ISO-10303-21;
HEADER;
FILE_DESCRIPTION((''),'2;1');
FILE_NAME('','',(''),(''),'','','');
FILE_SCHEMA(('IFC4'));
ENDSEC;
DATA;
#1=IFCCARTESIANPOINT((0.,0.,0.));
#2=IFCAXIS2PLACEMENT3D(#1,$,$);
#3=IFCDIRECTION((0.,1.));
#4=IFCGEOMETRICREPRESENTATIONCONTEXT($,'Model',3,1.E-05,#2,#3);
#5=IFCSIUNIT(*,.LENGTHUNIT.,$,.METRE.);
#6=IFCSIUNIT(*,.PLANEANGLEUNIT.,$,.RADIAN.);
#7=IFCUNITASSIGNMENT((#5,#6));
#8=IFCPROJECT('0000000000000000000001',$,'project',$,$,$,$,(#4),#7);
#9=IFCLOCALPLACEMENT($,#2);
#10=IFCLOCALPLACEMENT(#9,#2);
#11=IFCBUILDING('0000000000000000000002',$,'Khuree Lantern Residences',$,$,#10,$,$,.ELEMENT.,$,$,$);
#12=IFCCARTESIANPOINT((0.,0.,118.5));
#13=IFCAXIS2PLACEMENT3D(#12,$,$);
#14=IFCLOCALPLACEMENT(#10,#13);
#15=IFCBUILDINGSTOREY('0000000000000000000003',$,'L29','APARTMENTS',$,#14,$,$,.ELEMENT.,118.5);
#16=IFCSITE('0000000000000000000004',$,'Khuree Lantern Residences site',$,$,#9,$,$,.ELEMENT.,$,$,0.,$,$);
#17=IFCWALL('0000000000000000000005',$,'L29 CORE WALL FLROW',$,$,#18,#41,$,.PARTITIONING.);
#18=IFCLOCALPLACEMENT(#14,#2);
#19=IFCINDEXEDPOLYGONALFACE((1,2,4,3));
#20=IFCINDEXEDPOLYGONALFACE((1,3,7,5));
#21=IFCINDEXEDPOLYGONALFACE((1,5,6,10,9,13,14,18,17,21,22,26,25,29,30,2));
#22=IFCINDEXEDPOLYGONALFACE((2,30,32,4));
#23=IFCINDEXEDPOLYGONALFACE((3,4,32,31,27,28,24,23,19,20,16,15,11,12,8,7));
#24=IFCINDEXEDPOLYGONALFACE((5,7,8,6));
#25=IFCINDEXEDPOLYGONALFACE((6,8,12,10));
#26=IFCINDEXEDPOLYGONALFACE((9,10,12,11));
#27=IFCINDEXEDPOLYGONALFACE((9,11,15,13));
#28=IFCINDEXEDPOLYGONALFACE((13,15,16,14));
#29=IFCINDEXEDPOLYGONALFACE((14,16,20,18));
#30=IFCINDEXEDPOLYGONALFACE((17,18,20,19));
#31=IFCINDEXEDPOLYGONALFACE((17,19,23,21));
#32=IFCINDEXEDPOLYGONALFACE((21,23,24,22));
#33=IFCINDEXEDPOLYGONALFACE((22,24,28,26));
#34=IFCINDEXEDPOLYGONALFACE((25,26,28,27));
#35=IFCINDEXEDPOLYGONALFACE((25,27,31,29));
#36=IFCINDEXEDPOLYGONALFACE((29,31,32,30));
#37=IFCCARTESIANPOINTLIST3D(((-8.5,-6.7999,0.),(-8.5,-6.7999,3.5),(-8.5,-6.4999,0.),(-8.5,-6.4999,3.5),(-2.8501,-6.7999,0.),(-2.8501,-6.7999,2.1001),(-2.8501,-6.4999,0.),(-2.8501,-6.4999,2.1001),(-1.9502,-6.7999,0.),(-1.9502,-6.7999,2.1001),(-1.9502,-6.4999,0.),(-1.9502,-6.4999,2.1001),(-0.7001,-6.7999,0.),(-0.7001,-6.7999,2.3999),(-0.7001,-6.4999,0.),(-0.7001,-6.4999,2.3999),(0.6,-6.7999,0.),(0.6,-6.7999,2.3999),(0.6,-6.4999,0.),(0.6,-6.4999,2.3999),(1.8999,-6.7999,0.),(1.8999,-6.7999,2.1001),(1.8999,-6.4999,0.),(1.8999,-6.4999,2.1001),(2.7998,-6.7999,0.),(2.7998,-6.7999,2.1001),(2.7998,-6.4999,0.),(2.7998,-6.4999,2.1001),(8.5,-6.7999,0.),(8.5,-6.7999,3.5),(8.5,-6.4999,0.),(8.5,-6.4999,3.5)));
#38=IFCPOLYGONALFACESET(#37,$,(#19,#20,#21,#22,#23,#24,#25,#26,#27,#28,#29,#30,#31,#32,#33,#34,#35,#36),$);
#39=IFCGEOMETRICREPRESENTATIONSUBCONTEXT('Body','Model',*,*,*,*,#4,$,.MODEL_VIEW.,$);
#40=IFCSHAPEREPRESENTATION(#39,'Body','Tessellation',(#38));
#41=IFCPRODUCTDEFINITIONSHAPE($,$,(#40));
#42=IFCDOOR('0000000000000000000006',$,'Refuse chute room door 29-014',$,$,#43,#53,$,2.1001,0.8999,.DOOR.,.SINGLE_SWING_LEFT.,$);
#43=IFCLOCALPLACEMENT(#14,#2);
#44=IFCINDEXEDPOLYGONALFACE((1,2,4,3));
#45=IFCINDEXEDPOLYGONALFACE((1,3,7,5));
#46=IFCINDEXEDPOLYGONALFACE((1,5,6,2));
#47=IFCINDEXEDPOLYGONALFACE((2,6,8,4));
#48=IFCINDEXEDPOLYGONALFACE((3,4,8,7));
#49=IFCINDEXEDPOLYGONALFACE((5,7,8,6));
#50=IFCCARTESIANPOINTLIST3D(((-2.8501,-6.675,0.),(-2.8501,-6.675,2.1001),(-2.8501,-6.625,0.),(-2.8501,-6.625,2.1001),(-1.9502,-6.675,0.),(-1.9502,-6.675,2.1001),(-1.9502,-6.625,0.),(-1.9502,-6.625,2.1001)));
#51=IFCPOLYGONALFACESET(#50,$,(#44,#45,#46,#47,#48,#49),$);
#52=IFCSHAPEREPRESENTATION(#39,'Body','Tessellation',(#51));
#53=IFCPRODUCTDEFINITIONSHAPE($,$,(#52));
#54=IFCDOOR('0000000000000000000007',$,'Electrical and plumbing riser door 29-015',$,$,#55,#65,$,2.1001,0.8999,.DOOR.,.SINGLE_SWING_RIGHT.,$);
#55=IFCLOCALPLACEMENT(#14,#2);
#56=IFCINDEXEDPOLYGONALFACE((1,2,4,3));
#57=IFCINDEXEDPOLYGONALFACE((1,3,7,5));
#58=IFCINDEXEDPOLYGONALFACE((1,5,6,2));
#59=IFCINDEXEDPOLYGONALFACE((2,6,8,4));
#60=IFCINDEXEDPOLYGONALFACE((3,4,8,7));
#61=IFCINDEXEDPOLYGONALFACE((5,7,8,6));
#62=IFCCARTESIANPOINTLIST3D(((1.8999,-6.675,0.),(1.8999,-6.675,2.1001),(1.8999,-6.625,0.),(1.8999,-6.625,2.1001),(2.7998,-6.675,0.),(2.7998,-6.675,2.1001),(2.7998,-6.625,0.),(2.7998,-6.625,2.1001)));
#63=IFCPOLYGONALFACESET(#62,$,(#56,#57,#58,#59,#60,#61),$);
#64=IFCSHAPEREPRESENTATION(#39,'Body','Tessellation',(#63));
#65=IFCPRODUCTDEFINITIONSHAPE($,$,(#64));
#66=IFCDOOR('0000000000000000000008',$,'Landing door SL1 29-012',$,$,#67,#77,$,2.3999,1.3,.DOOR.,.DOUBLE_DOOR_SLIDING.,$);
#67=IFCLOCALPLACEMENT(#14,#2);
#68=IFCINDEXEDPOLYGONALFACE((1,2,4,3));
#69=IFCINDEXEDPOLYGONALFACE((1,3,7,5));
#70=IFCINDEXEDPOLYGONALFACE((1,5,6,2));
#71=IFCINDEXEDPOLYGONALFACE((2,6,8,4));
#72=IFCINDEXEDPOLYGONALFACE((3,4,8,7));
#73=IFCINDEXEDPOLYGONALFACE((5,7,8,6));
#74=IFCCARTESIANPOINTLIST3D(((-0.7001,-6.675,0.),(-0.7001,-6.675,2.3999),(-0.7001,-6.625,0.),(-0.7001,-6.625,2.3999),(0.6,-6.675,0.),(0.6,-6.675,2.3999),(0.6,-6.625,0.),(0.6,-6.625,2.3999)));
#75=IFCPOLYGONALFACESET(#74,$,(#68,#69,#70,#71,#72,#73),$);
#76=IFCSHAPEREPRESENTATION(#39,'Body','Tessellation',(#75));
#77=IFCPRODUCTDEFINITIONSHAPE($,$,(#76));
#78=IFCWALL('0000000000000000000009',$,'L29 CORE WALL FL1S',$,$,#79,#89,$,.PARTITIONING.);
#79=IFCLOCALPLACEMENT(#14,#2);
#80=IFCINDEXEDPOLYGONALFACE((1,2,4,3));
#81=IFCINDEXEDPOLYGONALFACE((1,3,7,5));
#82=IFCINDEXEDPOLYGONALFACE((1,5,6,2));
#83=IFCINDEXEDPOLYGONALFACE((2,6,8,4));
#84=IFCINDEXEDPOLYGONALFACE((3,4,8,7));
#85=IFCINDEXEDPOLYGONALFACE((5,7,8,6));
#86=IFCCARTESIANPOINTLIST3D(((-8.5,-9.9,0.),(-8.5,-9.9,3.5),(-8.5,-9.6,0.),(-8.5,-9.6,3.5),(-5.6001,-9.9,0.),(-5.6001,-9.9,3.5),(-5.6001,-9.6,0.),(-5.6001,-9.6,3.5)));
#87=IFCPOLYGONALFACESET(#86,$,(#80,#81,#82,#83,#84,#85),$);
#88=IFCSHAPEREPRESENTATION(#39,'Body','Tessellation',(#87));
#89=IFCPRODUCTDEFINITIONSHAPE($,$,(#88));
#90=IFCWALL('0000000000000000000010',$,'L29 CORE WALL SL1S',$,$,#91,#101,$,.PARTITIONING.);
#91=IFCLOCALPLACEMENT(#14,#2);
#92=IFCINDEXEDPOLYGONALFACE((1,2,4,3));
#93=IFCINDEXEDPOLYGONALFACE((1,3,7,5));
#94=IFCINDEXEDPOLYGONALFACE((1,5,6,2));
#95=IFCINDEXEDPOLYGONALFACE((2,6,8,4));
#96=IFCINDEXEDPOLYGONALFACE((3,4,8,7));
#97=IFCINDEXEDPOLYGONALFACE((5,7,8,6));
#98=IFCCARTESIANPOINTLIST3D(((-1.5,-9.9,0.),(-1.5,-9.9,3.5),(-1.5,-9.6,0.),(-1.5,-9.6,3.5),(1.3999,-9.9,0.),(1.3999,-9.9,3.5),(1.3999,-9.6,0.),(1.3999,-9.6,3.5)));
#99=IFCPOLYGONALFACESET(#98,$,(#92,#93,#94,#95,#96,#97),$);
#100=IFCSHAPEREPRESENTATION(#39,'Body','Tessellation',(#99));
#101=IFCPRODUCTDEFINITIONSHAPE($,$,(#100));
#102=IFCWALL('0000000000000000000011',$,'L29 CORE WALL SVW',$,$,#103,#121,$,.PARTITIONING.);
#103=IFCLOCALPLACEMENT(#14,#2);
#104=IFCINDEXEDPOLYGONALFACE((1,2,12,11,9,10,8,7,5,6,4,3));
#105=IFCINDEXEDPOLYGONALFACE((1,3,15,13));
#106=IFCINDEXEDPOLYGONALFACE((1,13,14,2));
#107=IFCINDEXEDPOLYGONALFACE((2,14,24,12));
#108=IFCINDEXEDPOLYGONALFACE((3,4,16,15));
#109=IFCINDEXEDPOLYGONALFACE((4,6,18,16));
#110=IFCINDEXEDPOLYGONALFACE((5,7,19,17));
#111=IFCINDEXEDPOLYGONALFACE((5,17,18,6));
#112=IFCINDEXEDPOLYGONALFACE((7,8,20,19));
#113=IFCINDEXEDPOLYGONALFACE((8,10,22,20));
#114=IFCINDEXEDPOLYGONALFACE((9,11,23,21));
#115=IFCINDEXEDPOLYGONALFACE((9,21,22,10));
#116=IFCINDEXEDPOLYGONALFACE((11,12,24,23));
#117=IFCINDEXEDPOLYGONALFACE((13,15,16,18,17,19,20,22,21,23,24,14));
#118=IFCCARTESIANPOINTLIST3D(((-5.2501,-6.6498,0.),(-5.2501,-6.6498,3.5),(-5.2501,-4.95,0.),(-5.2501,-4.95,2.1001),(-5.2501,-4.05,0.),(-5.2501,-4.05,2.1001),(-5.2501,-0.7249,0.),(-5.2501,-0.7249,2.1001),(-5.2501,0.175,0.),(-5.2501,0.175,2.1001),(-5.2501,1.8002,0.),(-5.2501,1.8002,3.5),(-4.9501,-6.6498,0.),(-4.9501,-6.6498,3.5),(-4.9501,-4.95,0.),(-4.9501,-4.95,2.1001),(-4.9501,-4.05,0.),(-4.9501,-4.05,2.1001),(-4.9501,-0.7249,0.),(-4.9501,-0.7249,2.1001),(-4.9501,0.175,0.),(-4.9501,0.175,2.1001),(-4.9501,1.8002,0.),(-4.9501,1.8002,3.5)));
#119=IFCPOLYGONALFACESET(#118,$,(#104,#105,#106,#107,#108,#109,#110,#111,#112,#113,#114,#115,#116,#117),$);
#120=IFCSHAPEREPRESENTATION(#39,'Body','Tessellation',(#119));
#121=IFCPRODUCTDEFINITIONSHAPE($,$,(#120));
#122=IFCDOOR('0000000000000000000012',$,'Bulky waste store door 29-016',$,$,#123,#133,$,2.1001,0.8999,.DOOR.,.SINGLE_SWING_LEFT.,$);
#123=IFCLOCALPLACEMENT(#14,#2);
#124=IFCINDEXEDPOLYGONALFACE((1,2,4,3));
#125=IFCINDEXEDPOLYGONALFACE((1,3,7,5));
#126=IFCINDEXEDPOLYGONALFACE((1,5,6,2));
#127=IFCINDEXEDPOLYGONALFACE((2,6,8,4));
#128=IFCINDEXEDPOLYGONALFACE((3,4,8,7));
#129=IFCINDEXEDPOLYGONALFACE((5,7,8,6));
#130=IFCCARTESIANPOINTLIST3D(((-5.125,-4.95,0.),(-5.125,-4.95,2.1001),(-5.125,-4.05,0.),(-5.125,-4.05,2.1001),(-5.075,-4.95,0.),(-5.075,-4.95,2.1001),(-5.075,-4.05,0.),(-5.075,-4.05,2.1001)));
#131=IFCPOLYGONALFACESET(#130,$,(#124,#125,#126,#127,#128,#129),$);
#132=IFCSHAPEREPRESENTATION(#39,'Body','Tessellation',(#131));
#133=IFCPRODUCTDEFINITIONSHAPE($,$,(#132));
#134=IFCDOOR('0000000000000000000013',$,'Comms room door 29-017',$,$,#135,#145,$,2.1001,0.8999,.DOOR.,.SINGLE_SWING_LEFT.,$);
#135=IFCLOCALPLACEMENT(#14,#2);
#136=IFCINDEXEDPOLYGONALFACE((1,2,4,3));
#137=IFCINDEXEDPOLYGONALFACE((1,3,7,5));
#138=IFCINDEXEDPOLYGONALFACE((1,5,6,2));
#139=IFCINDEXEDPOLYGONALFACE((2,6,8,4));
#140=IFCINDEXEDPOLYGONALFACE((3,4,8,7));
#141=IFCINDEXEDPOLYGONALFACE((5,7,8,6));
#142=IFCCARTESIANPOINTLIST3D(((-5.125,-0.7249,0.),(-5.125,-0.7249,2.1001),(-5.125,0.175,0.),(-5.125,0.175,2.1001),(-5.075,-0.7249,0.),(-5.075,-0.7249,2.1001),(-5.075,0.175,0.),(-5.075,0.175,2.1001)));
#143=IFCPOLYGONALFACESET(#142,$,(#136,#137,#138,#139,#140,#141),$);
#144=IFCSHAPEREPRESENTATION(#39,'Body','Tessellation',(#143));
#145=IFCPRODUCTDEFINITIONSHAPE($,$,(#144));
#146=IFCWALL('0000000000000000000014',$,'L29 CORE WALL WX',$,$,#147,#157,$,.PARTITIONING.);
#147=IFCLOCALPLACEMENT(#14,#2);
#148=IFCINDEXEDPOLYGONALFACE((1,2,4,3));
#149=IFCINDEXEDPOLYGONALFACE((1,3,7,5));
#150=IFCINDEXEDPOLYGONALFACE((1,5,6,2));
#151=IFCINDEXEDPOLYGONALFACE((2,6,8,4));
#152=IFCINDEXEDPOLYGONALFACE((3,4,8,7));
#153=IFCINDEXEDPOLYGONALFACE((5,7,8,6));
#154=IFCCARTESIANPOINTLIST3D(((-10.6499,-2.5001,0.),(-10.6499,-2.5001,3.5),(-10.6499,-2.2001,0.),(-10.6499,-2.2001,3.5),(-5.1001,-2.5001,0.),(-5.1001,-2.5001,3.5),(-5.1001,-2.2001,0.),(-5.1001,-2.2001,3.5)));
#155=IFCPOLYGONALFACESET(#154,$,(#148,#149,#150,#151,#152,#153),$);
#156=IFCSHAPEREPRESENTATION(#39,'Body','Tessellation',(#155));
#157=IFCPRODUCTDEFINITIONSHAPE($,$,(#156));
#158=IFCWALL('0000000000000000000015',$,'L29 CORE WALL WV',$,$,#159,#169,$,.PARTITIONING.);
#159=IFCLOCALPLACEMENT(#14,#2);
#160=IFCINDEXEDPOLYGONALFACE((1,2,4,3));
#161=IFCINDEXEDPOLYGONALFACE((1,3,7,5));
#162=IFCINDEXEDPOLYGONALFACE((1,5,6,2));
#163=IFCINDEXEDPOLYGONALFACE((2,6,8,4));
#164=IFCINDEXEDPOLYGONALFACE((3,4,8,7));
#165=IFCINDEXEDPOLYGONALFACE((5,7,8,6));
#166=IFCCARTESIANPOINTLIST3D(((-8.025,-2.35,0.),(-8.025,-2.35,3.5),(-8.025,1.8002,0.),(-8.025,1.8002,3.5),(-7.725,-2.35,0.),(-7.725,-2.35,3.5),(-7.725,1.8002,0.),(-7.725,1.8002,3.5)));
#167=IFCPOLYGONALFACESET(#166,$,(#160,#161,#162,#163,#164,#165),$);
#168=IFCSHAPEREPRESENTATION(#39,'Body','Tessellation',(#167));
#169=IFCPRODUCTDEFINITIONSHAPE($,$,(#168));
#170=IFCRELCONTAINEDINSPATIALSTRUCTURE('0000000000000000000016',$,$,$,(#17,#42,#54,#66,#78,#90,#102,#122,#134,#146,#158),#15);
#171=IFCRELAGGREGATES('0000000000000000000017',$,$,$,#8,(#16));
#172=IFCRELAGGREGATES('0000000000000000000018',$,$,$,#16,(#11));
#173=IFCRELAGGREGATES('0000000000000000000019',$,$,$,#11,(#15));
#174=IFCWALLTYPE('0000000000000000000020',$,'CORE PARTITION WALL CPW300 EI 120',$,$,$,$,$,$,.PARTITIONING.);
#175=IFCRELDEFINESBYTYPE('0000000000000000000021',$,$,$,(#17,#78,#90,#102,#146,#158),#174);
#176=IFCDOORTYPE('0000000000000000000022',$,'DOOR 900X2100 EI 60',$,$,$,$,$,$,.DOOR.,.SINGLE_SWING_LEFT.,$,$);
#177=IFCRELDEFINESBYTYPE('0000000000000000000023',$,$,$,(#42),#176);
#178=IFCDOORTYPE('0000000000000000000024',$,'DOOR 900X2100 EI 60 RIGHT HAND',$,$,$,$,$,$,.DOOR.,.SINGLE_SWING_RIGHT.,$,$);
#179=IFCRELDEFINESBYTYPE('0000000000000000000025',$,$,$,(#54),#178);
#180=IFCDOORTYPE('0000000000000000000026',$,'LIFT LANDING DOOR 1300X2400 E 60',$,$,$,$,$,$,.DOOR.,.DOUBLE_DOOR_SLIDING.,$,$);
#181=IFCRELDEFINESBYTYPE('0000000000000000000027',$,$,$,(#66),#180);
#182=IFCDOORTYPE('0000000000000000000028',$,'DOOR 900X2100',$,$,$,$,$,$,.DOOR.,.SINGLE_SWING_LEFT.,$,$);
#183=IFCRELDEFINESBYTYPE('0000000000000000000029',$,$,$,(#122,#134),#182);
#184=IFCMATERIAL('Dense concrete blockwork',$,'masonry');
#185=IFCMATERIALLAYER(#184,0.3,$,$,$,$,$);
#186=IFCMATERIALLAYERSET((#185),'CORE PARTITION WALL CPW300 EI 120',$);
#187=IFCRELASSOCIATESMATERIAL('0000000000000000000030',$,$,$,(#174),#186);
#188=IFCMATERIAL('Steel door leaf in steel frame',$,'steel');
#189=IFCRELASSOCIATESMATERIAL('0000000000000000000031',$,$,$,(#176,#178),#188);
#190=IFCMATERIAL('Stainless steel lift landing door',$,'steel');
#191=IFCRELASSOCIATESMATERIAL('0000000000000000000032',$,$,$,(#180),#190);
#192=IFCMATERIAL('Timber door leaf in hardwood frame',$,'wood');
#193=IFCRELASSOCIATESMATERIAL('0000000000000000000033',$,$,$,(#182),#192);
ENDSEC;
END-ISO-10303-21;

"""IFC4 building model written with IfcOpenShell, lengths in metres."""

from ifc_helpers import new_model, si_unit, direction, frame, frame_2d, origin, place, context, subcontext, project, spatial, rectangle, extrude, material, layer, layer_set, type_object, element, fill, save


model = new_model("IFC4")

# Units and contexts
model_context = context("Model", 3, precision=1e-05, world=origin(), true_north=direction((0.0, 1.0)))
body_context = subcontext(model_context, "Body", "Model", "MODEL_VIEW")
ifc_project = project(units=[si_unit("LENGTHUNIT", "METRE"), si_unit("PLANEANGLEUNIT", "RADIAN")], contexts=[model_context])

# Site, building, storey
site_placement = place(None, origin())
site = spatial("IfcSite", under=ifc_project, at=site_placement, Name="Khuree Lantern Residences site", CompositionType="ELEMENT", RefElevation=0.0)
building_placement = place(site_placement, origin())
building = spatial("IfcBuilding", under=site, at=building_placement, Name="Khuree Lantern Residences", CompositionType="ELEMENT")
storey_placement = place(building_placement, frame((0.0, 0.0, 118.5)))
storey = spatial("IfcBuildingStorey", under=building, at=storey_placement, Name="L29", Description="APARTMENTS", CompositionType="ELEMENT", Elevation=118.5)

# Wall, openings, doors
ifc_material_1 = material(Name="Dense concrete blockwork", Category="masonry")
ifc_layer_1 = layer(ifc_material_1, 0.3)
ifc_layer_set_1 = layer_set([ifc_layer_1], Name="CORE PARTITION WALL CPW300 EI 120")
wall_type_1 = type_object("IfcWallType", Name="CORE PARTITION WALL CPW300 EI 120", PredefinedType="PARTITIONING", material=ifc_layer_set_1)
wall_1_placement = place(storey_placement, frame((-8.5, -6.6499, 0.0), z_axis=(0.0, 0.0, 1.0), x_axis=(1.0, 0.0, 0.0)))
wall_1 = element("IfcWall", 1, at=wall_1_placement, inside=storey, type_object=wall_type_1, Name="L29 CORE WALL FLROW", PredefinedType="PARTITIONING", context=body_context, shape_type="SweptSolid", body=[
    extrude(rectangle(XDim=17.0, YDim=0.3, at=frame_2d((8.5, 0.0))), origin(), (0.0, 0.0, 1.0), 3.5),
])
opening_1_placement = place(wall_1_placement, frame((7.8, 0.0, 0.0)))
opening_1 = element("IfcOpeningElement", 2, at=opening_1_placement, cuts=wall_1, PredefinedType="OPENING", context=body_context, shape_type="SweptSolid", body=[
    extrude(rectangle(XDim=1.3, YDim=2.3999, at=frame_2d((0.6499, 1.2))), frame((0.0, 0.1602, 0.0), z_axis=(0.0, -1.0, 0.0), x_axis=(1.0, 0.0, 0.0)), (0.0, 0.0, 1.0), 0.3201),
])
opening_2_placement = place(wall_1_placement, frame((5.6499, 0.0, 0.0)))
opening_2 = element("IfcOpeningElement", 3, at=opening_2_placement, cuts=wall_1, PredefinedType="OPENING", context=body_context, shape_type="SweptSolid", body=[
    extrude(rectangle(XDim=0.8999, YDim=2.1001, at=frame_2d((0.45, 1.05))), frame((0.0, 0.1602, 0.0), z_axis=(0.0, -1.0, 0.0), x_axis=(1.0, 0.0, 0.0)), (0.0, 0.0, 1.0), 0.3201),
])
opening_3_placement = place(wall_1_placement, frame((10.3999, 0.0, 0.0)))
opening_3 = element("IfcOpeningElement", 4, at=opening_3_placement, cuts=wall_1, PredefinedType="OPENING", context=body_context, shape_type="SweptSolid", body=[
    extrude(rectangle(XDim=0.8999, YDim=2.1001, at=frame_2d((0.45, 1.05))), frame((0.0, 0.1602, 0.0), z_axis=(0.0, -1.0, 0.0), x_axis=(1.0, 0.0, 0.0)), (0.0, 0.0, 1.0), 0.3201),
])
ifc_material_2 = material(Name="Steel door leaf in steel frame", Category="steel")
door_type_1 = type_object("IfcDoorType", Name="DOOR 900X2100 EI 60", OperationType="SINGLE_SWING_LEFT", PredefinedType="DOOR", material=ifc_material_2)
door_1_placement = place(opening_2_placement, origin())
door_1 = element("IfcDoor", 5, at=door_1_placement, inside=storey, type_object=door_type_1, Name="Refuse chute room door 29-014", OperationType="SINGLE_SWING_LEFT", OverallHeight=2.1001, OverallWidth=0.8999, PredefinedType="DOOR", context=body_context, shape_type="SweptSolid", body=[
    extrude(rectangle(XDim=0.8999, YDim=2.1001, at=frame_2d((0.45, 1.05))), frame((0.0, 0.0249, 0.0), z_axis=(0.0, -1.0, 0.0), x_axis=(1.0, 0.0, 0.0)), (0.0, 0.0, 1.0), 0.05),
])
fill(opening_2, door_1)
door_type_2 = type_object("IfcDoorType", Name="DOOR 900X2100 EI 60 RIGHT HAND", OperationType="SINGLE_SWING_RIGHT", PredefinedType="DOOR", material=ifc_material_2)
door_2_placement = place(opening_3_placement, origin())
door_2 = element("IfcDoor", 6, at=door_2_placement, inside=storey, type_object=door_type_2, Name="Electrical and plumbing riser door 29-015", OperationType="SINGLE_SWING_RIGHT", OverallHeight=2.1001, OverallWidth=0.8999, PredefinedType="DOOR", context=body_context, shape_type="SweptSolid", body=[
    extrude(rectangle(XDim=0.8999, YDim=2.1001, at=frame_2d((0.45, 1.05))), frame((0.0, 0.0249, 0.0), z_axis=(0.0, -1.0, 0.0), x_axis=(1.0, 0.0, 0.0)), (0.0, 0.0, 1.0), 0.05),
])
fill(opening_3, door_2)
ifc_material_3 = material(Name="Stainless steel lift landing door", Category="steel")
door_type_3 = type_object("IfcDoorType", Name="LIFT LANDING DOOR 1300X2400 E 60", OperationType="DOUBLE_DOOR_SLIDING", PredefinedType="DOOR", material=ifc_material_3)
door_3_placement = place(opening_1_placement, origin())
door_3 = element("IfcDoor", 7, at=door_3_placement, inside=storey, type_object=door_type_3, Name="Landing door SL1 29-012", OperationType="DOUBLE_DOOR_SLIDING", OverallHeight=2.3999, OverallWidth=1.3, PredefinedType="DOOR", context=body_context, shape_type="SweptSolid", body=[
    extrude(rectangle(XDim=1.3, YDim=2.3999, at=frame_2d((0.6499, 1.2))), frame((0.0, 0.0249, 0.0), z_axis=(0.0, -1.0, 0.0), x_axis=(1.0, 0.0, 0.0)), (0.0, 0.0, 1.0), 0.05),
])
fill(opening_1, door_3)

# Walls
for number, where, z_axis, x_axis, name in (
    (8, (-8.5, -9.75, 0.0), (0.0, 0.0, 1.0), (1.0, 0.0, 0.0), "L29 CORE WALL FL1S"),
    (9, (-1.5, -9.75, 0.0), (0.0, 0.0, 1.0), (1.0, 0.0, 0.0), "L29 CORE WALL SL1S"),
):
    element("IfcWall", number, at=place(storey_placement, frame(where, z_axis=z_axis, x_axis=x_axis)), inside=storey, type_object=wall_type_1, Name=name, PredefinedType="PARTITIONING", context=body_context, shape_type="SweptSolid", body=[
        extrude(rectangle(XDim=2.8999, YDim=0.3, at=frame_2d((1.45, 0.0))), origin(), (0.0, 0.0, 1.0), 3.5),
    ])

# Wall, openings, doors
wall_2_placement = place(storey_placement, frame((-5.1001, -6.6499, 0.0), z_axis=(0.0, 0.0, 1.0), x_axis=(0.0, 1.0, 0.0)))
wall_2 = element("IfcWall", 10, at=wall_2_placement, inside=storey, type_object=wall_type_1, Name="L29 CORE WALL SVW", PredefinedType="PARTITIONING", context=body_context, shape_type="SweptSolid", body=[
    extrude(rectangle(XDim=8.45, YDim=0.3, at=frame_2d((4.2251, 0.0))), origin(), (0.0, 0.0, 1.0), 3.5),
])
opening_4_placement = place(wall_2_placement, frame((1.7, 0.0, 0.0)))
opening_4 = element("IfcOpeningElement", 11, at=opening_4_placement, cuts=wall_2, PredefinedType="OPENING", context=body_context, shape_type="SweptSolid", body=[
    extrude(rectangle(XDim=0.8999, YDim=2.1001, at=frame_2d((0.45, 1.05))), frame((0.0, 0.1602, 0.0), z_axis=(0.0, -1.0, 0.0), x_axis=(1.0, 0.0, 0.0)), (0.0, 0.0, 1.0), 0.3201),
])
opening_5_placement = place(wall_2_placement, frame((5.925, 0.0, 0.0)))
opening_5 = element("IfcOpeningElement", 12, at=opening_5_placement, cuts=wall_2, PredefinedType="OPENING", context=body_context, shape_type="SweptSolid", body=[
    extrude(rectangle(XDim=0.8999, YDim=2.1001, at=frame_2d((0.45, 1.05))), frame((0.0, 0.1602, 0.0), z_axis=(0.0, -1.0, 0.0), x_axis=(1.0, 0.0, 0.0)), (0.0, 0.0, 1.0), 0.3201),
])
ifc_material_4 = material(Name="Timber door leaf in hardwood frame", Category="wood")
door_type_4 = type_object("IfcDoorType", Name="DOOR 900X2100", OperationType="SINGLE_SWING_LEFT", PredefinedType="DOOR", material=ifc_material_4)
door_4_placement = place(opening_4_placement, origin())
door_4 = element("IfcDoor", 13, at=door_4_placement, inside=storey, type_object=door_type_4, Name="Bulky waste store door 29-016", OperationType="SINGLE_SWING_LEFT", OverallHeight=2.1001, OverallWidth=0.8999, PredefinedType="DOOR", context=body_context, shape_type="SweptSolid", body=[
    extrude(rectangle(XDim=0.8999, YDim=2.1001, at=frame_2d((0.45, 1.05))), frame((0.0, 0.0249, 0.0), z_axis=(0.0, -1.0, 0.0), x_axis=(1.0, 0.0, 0.0)), (0.0, 0.0, 1.0), 0.05),
])
fill(opening_4, door_4)
door_5_placement = place(opening_5_placement, origin())
door_5 = element("IfcDoor", 14, at=door_5_placement, inside=storey, type_object=door_type_4, Name="Comms room door 29-017", OperationType="SINGLE_SWING_LEFT", OverallHeight=2.1001, OverallWidth=0.8999, PredefinedType="DOOR", context=body_context, shape_type="SweptSolid", body=[
    extrude(rectangle(XDim=0.8999, YDim=2.1001, at=frame_2d((0.45, 1.05))), frame((0.0, 0.0249, 0.0), z_axis=(0.0, -1.0, 0.0), x_axis=(1.0, 0.0, 0.0)), (0.0, 0.0, 1.0), 0.05),
])
fill(opening_5, door_5)

# Walls
wall_3_placement = place(storey_placement, frame((-10.6499, -2.3501, 0.0), z_axis=(0.0, 0.0, 1.0), x_axis=(1.0, 0.0, 0.0)))
element("IfcWall", 15, at=wall_3_placement, inside=storey, type_object=wall_type_1, Name="L29 CORE WALL WX", PredefinedType="PARTITIONING", context=body_context, shape_type="SweptSolid", body=[
    extrude(rectangle(XDim=5.5498, YDim=0.3, at=frame_2d((2.7749, 0.0))), origin(), (0.0, 0.0, 1.0), 3.5),
])
wall_4_placement = place(storey_placement, frame((-7.875, -2.3501, 0.0), z_axis=(0.0, 0.0, 1.0), x_axis=(0.0, 1.0, 0.0)))
element("IfcWall", 16, at=wall_4_placement, inside=storey, type_object=wall_type_1, Name="L29 CORE WALL WV", PredefinedType="PARTITIONING", context=body_context, shape_type="SweptSolid", body=[
    extrude(rectangle(XDim=4.1501, YDim=0.3, at=frame_2d((2.0752, 0.0))), origin(), (0.0, 0.0, 1.0), 3.5),
])

save(model, "model.ifc")
